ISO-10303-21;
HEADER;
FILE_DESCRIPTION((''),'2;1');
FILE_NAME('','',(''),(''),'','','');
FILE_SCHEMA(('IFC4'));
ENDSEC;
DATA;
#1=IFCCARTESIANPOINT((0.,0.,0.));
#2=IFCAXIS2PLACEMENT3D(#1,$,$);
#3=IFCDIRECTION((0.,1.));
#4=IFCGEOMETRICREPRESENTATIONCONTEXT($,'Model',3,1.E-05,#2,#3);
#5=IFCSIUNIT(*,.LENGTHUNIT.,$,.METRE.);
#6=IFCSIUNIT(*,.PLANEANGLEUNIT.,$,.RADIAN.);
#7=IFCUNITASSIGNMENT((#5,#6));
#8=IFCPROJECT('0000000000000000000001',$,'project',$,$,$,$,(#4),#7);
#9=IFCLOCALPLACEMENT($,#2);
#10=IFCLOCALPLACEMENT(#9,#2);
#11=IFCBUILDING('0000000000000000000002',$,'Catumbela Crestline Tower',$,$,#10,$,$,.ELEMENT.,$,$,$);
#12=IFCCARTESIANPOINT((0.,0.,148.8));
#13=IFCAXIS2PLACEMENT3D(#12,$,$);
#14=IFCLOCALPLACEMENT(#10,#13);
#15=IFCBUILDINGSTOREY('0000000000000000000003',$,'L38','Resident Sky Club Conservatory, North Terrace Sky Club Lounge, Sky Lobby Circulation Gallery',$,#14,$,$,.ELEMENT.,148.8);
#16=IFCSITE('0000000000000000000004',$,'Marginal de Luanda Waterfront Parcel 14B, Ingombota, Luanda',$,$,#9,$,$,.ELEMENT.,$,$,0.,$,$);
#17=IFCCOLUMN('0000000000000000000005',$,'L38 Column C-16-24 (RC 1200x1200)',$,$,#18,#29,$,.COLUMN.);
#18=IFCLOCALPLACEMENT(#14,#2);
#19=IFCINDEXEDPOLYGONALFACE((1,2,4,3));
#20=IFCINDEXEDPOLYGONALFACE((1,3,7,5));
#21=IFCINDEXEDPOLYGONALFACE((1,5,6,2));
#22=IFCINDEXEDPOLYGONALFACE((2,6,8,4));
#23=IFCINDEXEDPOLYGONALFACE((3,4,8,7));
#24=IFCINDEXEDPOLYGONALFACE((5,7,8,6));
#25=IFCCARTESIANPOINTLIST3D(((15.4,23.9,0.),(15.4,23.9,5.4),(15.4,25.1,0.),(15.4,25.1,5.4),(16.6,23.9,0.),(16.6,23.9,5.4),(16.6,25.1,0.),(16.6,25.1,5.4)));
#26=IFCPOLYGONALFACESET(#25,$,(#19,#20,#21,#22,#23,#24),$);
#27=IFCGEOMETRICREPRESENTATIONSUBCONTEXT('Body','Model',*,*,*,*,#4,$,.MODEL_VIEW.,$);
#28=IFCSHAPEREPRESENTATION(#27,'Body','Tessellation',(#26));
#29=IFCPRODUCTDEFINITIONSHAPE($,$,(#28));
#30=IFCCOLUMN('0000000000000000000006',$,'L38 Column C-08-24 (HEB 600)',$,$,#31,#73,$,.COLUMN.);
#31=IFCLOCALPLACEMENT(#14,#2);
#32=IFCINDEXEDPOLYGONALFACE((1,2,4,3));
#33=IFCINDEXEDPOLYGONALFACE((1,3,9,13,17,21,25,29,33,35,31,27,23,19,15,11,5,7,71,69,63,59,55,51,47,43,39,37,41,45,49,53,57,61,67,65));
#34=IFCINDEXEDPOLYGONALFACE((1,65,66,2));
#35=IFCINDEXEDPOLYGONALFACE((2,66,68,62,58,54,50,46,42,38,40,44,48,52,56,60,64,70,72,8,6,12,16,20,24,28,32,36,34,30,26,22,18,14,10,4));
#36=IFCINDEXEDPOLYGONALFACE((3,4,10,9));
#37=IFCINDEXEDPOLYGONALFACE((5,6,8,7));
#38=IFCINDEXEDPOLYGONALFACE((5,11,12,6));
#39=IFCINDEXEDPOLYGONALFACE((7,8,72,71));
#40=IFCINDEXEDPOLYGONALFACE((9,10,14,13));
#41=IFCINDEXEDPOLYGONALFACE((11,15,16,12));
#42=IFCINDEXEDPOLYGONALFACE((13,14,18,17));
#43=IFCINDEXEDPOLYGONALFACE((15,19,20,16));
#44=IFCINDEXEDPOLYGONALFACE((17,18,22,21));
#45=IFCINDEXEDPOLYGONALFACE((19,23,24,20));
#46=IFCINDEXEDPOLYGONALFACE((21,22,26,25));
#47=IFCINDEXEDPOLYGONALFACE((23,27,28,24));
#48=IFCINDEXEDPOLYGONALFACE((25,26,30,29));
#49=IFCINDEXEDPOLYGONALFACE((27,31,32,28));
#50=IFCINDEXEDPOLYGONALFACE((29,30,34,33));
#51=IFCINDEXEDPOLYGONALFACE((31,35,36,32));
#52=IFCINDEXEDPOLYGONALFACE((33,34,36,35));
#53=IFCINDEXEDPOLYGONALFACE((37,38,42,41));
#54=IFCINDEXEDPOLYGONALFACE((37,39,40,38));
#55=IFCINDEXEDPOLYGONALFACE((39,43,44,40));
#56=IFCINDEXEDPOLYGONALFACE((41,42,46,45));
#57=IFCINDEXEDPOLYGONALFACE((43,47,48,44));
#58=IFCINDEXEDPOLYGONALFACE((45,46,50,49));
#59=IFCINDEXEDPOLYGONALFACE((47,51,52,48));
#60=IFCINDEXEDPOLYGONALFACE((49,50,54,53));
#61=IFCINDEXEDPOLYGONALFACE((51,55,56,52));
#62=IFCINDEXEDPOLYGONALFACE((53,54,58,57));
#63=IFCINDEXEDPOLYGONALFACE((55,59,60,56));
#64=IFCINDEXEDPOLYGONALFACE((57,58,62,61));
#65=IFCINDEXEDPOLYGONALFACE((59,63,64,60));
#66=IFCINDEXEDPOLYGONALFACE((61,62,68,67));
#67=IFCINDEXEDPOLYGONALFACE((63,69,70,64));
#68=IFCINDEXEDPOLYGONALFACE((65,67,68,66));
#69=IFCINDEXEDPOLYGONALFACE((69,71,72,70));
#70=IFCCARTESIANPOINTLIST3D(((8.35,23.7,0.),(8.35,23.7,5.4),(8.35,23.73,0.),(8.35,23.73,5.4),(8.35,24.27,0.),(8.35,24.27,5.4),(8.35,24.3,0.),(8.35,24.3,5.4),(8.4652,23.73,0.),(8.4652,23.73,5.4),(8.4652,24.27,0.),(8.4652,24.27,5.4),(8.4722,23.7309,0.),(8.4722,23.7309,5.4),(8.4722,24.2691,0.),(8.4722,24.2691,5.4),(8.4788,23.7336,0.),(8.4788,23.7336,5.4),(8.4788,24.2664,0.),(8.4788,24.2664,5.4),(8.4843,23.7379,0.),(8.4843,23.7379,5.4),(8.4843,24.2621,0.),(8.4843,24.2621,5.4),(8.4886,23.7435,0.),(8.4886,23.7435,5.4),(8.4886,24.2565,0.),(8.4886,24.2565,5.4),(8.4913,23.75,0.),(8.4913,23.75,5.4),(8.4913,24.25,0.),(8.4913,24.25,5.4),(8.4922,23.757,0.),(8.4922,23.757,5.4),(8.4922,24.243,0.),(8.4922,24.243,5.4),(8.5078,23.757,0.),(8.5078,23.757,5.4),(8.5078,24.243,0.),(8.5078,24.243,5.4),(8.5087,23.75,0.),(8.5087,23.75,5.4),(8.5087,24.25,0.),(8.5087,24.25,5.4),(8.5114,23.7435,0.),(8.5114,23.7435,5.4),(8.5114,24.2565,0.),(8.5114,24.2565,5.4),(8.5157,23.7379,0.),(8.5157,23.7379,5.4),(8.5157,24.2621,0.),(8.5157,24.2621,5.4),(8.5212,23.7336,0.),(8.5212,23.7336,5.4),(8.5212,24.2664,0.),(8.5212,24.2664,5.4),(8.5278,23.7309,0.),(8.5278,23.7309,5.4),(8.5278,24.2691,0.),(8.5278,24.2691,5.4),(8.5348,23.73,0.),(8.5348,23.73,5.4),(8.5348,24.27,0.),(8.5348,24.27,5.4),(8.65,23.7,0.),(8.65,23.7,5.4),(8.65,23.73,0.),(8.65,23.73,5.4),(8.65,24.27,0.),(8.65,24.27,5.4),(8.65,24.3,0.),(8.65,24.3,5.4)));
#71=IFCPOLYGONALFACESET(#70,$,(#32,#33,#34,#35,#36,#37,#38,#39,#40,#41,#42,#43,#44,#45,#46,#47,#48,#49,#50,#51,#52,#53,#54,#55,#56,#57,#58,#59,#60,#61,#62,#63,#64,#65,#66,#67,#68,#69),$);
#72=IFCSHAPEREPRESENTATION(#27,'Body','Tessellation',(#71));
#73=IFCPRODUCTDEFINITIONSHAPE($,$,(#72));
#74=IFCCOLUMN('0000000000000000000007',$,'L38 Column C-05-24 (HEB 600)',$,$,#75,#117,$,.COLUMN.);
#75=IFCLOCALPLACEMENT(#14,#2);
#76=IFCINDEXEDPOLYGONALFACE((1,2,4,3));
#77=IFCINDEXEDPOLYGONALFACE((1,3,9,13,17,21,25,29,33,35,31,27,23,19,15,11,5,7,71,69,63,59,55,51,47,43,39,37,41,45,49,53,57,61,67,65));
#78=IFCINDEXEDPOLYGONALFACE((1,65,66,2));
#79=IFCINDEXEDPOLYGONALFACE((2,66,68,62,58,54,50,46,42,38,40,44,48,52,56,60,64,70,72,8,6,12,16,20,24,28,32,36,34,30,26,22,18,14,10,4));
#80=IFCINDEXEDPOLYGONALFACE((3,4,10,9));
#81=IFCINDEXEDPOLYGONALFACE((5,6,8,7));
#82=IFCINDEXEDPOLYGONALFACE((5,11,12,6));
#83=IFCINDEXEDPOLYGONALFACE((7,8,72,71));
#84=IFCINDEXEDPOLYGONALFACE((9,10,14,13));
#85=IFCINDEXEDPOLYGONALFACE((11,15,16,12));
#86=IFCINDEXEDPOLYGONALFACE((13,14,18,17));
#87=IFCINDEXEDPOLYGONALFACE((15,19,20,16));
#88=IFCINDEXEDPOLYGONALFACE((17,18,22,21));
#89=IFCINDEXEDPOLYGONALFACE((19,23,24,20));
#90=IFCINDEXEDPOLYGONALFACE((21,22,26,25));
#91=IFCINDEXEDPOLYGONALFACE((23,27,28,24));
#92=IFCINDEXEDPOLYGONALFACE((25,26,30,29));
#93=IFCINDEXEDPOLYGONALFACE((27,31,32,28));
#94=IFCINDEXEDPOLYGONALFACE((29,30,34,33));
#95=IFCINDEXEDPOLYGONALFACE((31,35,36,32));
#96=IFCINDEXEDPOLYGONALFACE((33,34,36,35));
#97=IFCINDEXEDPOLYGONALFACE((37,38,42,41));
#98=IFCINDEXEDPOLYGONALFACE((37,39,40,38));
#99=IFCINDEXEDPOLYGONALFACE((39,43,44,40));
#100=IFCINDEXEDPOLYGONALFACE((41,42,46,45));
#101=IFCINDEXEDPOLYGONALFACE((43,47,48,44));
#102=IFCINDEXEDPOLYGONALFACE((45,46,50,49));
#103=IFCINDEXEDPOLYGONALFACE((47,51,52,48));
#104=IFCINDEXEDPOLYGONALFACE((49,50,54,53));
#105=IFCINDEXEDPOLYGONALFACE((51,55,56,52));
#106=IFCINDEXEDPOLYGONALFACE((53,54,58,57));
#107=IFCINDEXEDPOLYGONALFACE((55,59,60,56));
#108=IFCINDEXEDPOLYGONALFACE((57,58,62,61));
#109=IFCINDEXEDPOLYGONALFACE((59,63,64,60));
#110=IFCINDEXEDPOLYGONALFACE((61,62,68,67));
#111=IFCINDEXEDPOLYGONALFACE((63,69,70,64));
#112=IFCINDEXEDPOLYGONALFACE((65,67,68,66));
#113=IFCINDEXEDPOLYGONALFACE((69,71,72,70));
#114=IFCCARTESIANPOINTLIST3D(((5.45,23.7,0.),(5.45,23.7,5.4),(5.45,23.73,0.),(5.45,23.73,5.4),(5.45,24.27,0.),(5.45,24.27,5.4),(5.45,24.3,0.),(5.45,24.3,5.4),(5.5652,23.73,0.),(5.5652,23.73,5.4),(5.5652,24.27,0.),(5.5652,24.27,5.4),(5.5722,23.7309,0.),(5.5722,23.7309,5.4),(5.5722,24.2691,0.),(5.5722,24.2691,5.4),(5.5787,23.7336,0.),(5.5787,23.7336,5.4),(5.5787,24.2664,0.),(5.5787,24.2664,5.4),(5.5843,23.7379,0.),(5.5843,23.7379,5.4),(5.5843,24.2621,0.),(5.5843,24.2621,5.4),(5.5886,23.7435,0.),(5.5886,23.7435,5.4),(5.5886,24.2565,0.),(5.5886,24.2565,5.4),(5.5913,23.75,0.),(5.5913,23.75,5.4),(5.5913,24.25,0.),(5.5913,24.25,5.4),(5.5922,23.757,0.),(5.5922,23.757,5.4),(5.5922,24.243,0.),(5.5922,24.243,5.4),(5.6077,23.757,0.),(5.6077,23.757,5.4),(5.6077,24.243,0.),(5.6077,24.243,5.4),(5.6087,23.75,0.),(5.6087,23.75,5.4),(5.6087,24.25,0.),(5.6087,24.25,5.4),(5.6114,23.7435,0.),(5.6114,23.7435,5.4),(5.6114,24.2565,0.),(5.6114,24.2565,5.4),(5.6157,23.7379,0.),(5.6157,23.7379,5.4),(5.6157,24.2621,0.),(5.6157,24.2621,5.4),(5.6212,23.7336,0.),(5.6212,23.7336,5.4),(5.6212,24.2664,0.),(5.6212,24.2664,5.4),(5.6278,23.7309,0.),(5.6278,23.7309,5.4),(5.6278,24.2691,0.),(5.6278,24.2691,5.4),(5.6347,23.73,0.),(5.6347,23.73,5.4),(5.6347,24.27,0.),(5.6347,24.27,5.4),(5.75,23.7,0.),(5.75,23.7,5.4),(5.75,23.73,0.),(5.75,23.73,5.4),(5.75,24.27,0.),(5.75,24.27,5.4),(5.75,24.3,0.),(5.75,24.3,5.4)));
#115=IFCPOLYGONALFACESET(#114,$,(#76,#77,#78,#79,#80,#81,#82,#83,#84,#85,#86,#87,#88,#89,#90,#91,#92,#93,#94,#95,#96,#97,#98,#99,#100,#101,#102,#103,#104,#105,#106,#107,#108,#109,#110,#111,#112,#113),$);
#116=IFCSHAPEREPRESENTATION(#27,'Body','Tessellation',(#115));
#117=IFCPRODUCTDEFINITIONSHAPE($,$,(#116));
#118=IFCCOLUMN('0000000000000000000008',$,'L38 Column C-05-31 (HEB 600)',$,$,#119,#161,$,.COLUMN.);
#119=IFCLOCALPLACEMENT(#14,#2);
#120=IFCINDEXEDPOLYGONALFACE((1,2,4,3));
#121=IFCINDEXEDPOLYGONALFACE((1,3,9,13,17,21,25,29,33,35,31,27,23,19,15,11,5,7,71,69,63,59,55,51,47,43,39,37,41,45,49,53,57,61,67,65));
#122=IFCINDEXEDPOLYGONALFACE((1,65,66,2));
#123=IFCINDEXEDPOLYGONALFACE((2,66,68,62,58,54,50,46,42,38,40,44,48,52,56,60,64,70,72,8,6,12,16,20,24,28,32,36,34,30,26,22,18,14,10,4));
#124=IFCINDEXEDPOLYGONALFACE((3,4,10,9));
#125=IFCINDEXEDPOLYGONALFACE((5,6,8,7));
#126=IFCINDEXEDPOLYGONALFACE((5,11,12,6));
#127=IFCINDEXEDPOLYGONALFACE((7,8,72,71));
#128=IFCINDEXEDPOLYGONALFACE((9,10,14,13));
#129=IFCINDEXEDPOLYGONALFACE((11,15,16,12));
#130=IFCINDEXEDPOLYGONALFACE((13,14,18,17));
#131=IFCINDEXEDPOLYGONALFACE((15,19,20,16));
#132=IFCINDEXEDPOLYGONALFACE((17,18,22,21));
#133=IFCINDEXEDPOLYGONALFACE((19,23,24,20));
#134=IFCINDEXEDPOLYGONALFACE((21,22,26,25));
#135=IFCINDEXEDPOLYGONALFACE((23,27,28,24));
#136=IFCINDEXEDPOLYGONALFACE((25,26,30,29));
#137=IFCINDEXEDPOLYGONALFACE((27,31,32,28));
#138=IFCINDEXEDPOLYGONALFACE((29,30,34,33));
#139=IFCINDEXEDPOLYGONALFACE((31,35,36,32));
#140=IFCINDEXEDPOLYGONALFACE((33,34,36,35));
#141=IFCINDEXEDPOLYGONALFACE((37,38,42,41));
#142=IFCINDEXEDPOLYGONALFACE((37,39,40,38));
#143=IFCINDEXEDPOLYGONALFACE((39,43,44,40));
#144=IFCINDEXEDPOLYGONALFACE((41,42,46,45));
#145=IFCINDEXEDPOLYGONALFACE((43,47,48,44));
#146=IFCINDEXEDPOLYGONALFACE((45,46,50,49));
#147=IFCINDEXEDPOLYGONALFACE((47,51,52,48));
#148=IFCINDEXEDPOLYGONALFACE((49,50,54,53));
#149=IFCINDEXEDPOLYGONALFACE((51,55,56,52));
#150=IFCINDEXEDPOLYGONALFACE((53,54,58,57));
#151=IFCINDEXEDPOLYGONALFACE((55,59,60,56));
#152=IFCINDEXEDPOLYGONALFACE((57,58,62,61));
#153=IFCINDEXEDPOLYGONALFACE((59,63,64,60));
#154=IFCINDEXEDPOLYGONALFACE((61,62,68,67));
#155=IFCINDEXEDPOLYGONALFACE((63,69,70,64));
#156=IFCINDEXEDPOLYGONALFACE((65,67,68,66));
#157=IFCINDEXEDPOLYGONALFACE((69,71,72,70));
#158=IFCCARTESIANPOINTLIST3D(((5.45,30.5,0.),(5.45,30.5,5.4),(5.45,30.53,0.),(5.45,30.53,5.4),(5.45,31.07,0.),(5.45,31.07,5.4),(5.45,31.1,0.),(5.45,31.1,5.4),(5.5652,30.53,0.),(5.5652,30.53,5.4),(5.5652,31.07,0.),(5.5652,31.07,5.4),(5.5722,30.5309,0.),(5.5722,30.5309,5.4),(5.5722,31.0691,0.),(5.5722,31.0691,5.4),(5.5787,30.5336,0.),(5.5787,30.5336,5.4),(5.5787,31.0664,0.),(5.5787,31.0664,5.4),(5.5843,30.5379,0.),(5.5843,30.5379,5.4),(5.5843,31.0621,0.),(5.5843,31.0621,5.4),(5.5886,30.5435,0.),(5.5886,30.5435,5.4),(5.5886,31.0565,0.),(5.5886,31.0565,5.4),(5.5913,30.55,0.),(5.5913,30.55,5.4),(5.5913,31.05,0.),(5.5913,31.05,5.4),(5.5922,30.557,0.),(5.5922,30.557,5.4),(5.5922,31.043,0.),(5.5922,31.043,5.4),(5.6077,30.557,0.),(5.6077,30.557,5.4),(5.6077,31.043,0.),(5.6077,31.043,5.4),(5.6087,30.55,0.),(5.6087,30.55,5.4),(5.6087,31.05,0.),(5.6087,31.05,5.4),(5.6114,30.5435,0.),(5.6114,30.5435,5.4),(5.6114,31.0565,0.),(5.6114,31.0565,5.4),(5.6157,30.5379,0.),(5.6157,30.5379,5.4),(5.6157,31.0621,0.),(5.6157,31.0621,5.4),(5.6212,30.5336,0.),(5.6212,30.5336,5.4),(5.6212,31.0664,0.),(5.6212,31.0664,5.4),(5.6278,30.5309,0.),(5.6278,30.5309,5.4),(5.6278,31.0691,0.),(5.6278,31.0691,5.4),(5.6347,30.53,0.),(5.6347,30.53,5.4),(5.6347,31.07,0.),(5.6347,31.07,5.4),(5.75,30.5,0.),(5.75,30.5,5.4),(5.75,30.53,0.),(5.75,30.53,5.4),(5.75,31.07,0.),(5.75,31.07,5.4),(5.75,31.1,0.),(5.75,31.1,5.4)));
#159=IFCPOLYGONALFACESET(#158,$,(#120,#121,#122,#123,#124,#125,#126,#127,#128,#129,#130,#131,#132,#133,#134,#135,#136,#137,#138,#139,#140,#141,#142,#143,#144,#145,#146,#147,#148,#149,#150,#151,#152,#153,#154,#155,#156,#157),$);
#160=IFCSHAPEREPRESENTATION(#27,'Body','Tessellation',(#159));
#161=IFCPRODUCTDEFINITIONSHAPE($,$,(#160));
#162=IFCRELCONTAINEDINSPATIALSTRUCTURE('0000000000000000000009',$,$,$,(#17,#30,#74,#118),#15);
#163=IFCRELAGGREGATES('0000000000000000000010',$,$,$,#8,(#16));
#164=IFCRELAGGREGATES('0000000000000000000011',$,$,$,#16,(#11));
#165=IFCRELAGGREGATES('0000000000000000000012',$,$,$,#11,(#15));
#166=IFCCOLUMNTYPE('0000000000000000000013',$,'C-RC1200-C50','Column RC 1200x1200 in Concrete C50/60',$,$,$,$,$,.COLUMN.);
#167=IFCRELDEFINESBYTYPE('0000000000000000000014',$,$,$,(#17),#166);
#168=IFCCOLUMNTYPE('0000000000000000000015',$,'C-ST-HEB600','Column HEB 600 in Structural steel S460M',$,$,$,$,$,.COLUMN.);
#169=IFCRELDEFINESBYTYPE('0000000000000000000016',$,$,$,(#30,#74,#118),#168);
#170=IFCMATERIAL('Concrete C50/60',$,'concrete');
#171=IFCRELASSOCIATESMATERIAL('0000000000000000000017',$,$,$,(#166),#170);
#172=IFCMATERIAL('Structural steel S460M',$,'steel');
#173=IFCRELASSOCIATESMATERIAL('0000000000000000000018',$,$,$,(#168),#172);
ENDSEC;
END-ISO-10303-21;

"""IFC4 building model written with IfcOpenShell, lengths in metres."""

from ifc_helpers import new_model, si_unit, direction, frame, origin, origin_2d, place, context, subcontext, project, spatial, rectangle, i_section, extrude, material, material_profile, profile_set, type_object, element, save


model = new_model("IFC4")

# Units and contexts
model_context = context("Model", 3, precision=1e-05, world=origin(), true_north=direction((0.0, 1.0)))
body_context = subcontext(model_context, "Body", "Model", "MODEL_VIEW")
ifc_project = project(units=[si_unit("LENGTHUNIT", "METRE"), si_unit("PLANEANGLEUNIT", "RADIAN")], contexts=[model_context])

# Site, building, storey
site_placement = place(None, origin())
site = spatial("IfcSite", under=ifc_project, at=site_placement, Name="Marginal de Luanda Waterfront Parcel 14B, Ingombota, Luanda", CompositionType="ELEMENT", RefElevation=0.0)
building_placement = place(site_placement, origin())
building = spatial("IfcBuilding", under=site, at=building_placement, Name="Catumbela Crestline Tower", CompositionType="ELEMENT")
storey_placement = place(building_placement, frame((0.0, 0.0, 148.8)))
storey = spatial("IfcBuildingStorey", under=building, at=storey_placement, Name="L38", Description="Resident Sky Club Conservatory, North Terrace Sky Club Lounge, Sky Lobby Circulation Gallery", CompositionType="ELEMENT", Elevation=148.8)

# Columns
ifc_material_1 = material(Name="Concrete C50/60", Category="concrete")
ifc_material_profile_1 = material_profile(ifc_material_1, rectangle(XDim=1.2, YDim=1.2, at=origin_2d()), Name="RC 1200x1200")
ifc_profile_set_1 = profile_set([ifc_material_profile_1], Name="Concrete C50/60")
column_type_1 = type_object("IfcColumnType", Name="C-RC1200-C50", Description="Column RC 1200x1200 in Concrete C50/60", PredefinedType="COLUMN", material=ifc_profile_set_1)
column_1_placement = place(storey_placement, frame((16.0, 24.5, 0.0), z_axis=(0.0, 0.0, 1.0), x_axis=(1.0, 0.0, 0.0)))
element("IfcColumn", 1, at=column_1_placement, inside=storey, type_object=column_type_1, Name="L38 Column C-16-24 (RC 1200x1200)", PredefinedType="COLUMN", context=body_context, shape_type="SweptSolid", body=[
    extrude(rectangle(XDim=1.2, YDim=1.2, at=origin_2d()), origin(), (0.0, 0.0, 1.0), 5.4),
])
ifc_material_2 = material(Name="Structural steel S460M", Category="steel")
ifc_material_profile_2 = material_profile(ifc_material_2, i_section(OverallWidth=0.3, OverallDepth=0.6, WebThickness=0.0155, FlangeThickness=0.03, FilletRadius=0.027, at=origin_2d()), Name="HEB 600")
ifc_profile_set_2 = profile_set([ifc_material_profile_2], Name="Structural steel S460M")
column_type_2 = type_object("IfcColumnType", Name="C-ST-HEB600", Description="Column HEB 600 in Structural steel S460M", PredefinedType="COLUMN", material=ifc_profile_set_2)
for number, where, z_axis, x_axis, name in (
    (2, (8.5, 24.0, 0.0), (0.0, 0.0, 1.0), (1.0, 0.0, 0.0), "L38 Column C-08-24 (HEB 600)"),
    (3, (5.6, 24.0, 0.0), (0.0, 0.0, 1.0), (1.0, 0.0, 0.0), "L38 Column C-05-24 (HEB 600)"),
    (4, (5.6, 30.8, 0.0), (0.0, 0.0, 1.0), (1.0, 0.0, 0.0), "L38 Column C-05-31 (HEB 600)"),
):
    element("IfcColumn", number, at=place(storey_placement, frame(where, z_axis=z_axis, x_axis=x_axis)), inside=storey, type_object=column_type_2, Name=name, PredefinedType="COLUMN", context=body_context, shape_type="SweptSolid", body=[
        extrude(i_section(OverallWidth=0.3, OverallDepth=0.6, WebThickness=0.0155, FlangeThickness=0.03, FilletRadius=0.027, at=origin_2d()), origin(), (0.0, 0.0, 1.0), 5.4),
    ])

save(model, "model.ifc")
